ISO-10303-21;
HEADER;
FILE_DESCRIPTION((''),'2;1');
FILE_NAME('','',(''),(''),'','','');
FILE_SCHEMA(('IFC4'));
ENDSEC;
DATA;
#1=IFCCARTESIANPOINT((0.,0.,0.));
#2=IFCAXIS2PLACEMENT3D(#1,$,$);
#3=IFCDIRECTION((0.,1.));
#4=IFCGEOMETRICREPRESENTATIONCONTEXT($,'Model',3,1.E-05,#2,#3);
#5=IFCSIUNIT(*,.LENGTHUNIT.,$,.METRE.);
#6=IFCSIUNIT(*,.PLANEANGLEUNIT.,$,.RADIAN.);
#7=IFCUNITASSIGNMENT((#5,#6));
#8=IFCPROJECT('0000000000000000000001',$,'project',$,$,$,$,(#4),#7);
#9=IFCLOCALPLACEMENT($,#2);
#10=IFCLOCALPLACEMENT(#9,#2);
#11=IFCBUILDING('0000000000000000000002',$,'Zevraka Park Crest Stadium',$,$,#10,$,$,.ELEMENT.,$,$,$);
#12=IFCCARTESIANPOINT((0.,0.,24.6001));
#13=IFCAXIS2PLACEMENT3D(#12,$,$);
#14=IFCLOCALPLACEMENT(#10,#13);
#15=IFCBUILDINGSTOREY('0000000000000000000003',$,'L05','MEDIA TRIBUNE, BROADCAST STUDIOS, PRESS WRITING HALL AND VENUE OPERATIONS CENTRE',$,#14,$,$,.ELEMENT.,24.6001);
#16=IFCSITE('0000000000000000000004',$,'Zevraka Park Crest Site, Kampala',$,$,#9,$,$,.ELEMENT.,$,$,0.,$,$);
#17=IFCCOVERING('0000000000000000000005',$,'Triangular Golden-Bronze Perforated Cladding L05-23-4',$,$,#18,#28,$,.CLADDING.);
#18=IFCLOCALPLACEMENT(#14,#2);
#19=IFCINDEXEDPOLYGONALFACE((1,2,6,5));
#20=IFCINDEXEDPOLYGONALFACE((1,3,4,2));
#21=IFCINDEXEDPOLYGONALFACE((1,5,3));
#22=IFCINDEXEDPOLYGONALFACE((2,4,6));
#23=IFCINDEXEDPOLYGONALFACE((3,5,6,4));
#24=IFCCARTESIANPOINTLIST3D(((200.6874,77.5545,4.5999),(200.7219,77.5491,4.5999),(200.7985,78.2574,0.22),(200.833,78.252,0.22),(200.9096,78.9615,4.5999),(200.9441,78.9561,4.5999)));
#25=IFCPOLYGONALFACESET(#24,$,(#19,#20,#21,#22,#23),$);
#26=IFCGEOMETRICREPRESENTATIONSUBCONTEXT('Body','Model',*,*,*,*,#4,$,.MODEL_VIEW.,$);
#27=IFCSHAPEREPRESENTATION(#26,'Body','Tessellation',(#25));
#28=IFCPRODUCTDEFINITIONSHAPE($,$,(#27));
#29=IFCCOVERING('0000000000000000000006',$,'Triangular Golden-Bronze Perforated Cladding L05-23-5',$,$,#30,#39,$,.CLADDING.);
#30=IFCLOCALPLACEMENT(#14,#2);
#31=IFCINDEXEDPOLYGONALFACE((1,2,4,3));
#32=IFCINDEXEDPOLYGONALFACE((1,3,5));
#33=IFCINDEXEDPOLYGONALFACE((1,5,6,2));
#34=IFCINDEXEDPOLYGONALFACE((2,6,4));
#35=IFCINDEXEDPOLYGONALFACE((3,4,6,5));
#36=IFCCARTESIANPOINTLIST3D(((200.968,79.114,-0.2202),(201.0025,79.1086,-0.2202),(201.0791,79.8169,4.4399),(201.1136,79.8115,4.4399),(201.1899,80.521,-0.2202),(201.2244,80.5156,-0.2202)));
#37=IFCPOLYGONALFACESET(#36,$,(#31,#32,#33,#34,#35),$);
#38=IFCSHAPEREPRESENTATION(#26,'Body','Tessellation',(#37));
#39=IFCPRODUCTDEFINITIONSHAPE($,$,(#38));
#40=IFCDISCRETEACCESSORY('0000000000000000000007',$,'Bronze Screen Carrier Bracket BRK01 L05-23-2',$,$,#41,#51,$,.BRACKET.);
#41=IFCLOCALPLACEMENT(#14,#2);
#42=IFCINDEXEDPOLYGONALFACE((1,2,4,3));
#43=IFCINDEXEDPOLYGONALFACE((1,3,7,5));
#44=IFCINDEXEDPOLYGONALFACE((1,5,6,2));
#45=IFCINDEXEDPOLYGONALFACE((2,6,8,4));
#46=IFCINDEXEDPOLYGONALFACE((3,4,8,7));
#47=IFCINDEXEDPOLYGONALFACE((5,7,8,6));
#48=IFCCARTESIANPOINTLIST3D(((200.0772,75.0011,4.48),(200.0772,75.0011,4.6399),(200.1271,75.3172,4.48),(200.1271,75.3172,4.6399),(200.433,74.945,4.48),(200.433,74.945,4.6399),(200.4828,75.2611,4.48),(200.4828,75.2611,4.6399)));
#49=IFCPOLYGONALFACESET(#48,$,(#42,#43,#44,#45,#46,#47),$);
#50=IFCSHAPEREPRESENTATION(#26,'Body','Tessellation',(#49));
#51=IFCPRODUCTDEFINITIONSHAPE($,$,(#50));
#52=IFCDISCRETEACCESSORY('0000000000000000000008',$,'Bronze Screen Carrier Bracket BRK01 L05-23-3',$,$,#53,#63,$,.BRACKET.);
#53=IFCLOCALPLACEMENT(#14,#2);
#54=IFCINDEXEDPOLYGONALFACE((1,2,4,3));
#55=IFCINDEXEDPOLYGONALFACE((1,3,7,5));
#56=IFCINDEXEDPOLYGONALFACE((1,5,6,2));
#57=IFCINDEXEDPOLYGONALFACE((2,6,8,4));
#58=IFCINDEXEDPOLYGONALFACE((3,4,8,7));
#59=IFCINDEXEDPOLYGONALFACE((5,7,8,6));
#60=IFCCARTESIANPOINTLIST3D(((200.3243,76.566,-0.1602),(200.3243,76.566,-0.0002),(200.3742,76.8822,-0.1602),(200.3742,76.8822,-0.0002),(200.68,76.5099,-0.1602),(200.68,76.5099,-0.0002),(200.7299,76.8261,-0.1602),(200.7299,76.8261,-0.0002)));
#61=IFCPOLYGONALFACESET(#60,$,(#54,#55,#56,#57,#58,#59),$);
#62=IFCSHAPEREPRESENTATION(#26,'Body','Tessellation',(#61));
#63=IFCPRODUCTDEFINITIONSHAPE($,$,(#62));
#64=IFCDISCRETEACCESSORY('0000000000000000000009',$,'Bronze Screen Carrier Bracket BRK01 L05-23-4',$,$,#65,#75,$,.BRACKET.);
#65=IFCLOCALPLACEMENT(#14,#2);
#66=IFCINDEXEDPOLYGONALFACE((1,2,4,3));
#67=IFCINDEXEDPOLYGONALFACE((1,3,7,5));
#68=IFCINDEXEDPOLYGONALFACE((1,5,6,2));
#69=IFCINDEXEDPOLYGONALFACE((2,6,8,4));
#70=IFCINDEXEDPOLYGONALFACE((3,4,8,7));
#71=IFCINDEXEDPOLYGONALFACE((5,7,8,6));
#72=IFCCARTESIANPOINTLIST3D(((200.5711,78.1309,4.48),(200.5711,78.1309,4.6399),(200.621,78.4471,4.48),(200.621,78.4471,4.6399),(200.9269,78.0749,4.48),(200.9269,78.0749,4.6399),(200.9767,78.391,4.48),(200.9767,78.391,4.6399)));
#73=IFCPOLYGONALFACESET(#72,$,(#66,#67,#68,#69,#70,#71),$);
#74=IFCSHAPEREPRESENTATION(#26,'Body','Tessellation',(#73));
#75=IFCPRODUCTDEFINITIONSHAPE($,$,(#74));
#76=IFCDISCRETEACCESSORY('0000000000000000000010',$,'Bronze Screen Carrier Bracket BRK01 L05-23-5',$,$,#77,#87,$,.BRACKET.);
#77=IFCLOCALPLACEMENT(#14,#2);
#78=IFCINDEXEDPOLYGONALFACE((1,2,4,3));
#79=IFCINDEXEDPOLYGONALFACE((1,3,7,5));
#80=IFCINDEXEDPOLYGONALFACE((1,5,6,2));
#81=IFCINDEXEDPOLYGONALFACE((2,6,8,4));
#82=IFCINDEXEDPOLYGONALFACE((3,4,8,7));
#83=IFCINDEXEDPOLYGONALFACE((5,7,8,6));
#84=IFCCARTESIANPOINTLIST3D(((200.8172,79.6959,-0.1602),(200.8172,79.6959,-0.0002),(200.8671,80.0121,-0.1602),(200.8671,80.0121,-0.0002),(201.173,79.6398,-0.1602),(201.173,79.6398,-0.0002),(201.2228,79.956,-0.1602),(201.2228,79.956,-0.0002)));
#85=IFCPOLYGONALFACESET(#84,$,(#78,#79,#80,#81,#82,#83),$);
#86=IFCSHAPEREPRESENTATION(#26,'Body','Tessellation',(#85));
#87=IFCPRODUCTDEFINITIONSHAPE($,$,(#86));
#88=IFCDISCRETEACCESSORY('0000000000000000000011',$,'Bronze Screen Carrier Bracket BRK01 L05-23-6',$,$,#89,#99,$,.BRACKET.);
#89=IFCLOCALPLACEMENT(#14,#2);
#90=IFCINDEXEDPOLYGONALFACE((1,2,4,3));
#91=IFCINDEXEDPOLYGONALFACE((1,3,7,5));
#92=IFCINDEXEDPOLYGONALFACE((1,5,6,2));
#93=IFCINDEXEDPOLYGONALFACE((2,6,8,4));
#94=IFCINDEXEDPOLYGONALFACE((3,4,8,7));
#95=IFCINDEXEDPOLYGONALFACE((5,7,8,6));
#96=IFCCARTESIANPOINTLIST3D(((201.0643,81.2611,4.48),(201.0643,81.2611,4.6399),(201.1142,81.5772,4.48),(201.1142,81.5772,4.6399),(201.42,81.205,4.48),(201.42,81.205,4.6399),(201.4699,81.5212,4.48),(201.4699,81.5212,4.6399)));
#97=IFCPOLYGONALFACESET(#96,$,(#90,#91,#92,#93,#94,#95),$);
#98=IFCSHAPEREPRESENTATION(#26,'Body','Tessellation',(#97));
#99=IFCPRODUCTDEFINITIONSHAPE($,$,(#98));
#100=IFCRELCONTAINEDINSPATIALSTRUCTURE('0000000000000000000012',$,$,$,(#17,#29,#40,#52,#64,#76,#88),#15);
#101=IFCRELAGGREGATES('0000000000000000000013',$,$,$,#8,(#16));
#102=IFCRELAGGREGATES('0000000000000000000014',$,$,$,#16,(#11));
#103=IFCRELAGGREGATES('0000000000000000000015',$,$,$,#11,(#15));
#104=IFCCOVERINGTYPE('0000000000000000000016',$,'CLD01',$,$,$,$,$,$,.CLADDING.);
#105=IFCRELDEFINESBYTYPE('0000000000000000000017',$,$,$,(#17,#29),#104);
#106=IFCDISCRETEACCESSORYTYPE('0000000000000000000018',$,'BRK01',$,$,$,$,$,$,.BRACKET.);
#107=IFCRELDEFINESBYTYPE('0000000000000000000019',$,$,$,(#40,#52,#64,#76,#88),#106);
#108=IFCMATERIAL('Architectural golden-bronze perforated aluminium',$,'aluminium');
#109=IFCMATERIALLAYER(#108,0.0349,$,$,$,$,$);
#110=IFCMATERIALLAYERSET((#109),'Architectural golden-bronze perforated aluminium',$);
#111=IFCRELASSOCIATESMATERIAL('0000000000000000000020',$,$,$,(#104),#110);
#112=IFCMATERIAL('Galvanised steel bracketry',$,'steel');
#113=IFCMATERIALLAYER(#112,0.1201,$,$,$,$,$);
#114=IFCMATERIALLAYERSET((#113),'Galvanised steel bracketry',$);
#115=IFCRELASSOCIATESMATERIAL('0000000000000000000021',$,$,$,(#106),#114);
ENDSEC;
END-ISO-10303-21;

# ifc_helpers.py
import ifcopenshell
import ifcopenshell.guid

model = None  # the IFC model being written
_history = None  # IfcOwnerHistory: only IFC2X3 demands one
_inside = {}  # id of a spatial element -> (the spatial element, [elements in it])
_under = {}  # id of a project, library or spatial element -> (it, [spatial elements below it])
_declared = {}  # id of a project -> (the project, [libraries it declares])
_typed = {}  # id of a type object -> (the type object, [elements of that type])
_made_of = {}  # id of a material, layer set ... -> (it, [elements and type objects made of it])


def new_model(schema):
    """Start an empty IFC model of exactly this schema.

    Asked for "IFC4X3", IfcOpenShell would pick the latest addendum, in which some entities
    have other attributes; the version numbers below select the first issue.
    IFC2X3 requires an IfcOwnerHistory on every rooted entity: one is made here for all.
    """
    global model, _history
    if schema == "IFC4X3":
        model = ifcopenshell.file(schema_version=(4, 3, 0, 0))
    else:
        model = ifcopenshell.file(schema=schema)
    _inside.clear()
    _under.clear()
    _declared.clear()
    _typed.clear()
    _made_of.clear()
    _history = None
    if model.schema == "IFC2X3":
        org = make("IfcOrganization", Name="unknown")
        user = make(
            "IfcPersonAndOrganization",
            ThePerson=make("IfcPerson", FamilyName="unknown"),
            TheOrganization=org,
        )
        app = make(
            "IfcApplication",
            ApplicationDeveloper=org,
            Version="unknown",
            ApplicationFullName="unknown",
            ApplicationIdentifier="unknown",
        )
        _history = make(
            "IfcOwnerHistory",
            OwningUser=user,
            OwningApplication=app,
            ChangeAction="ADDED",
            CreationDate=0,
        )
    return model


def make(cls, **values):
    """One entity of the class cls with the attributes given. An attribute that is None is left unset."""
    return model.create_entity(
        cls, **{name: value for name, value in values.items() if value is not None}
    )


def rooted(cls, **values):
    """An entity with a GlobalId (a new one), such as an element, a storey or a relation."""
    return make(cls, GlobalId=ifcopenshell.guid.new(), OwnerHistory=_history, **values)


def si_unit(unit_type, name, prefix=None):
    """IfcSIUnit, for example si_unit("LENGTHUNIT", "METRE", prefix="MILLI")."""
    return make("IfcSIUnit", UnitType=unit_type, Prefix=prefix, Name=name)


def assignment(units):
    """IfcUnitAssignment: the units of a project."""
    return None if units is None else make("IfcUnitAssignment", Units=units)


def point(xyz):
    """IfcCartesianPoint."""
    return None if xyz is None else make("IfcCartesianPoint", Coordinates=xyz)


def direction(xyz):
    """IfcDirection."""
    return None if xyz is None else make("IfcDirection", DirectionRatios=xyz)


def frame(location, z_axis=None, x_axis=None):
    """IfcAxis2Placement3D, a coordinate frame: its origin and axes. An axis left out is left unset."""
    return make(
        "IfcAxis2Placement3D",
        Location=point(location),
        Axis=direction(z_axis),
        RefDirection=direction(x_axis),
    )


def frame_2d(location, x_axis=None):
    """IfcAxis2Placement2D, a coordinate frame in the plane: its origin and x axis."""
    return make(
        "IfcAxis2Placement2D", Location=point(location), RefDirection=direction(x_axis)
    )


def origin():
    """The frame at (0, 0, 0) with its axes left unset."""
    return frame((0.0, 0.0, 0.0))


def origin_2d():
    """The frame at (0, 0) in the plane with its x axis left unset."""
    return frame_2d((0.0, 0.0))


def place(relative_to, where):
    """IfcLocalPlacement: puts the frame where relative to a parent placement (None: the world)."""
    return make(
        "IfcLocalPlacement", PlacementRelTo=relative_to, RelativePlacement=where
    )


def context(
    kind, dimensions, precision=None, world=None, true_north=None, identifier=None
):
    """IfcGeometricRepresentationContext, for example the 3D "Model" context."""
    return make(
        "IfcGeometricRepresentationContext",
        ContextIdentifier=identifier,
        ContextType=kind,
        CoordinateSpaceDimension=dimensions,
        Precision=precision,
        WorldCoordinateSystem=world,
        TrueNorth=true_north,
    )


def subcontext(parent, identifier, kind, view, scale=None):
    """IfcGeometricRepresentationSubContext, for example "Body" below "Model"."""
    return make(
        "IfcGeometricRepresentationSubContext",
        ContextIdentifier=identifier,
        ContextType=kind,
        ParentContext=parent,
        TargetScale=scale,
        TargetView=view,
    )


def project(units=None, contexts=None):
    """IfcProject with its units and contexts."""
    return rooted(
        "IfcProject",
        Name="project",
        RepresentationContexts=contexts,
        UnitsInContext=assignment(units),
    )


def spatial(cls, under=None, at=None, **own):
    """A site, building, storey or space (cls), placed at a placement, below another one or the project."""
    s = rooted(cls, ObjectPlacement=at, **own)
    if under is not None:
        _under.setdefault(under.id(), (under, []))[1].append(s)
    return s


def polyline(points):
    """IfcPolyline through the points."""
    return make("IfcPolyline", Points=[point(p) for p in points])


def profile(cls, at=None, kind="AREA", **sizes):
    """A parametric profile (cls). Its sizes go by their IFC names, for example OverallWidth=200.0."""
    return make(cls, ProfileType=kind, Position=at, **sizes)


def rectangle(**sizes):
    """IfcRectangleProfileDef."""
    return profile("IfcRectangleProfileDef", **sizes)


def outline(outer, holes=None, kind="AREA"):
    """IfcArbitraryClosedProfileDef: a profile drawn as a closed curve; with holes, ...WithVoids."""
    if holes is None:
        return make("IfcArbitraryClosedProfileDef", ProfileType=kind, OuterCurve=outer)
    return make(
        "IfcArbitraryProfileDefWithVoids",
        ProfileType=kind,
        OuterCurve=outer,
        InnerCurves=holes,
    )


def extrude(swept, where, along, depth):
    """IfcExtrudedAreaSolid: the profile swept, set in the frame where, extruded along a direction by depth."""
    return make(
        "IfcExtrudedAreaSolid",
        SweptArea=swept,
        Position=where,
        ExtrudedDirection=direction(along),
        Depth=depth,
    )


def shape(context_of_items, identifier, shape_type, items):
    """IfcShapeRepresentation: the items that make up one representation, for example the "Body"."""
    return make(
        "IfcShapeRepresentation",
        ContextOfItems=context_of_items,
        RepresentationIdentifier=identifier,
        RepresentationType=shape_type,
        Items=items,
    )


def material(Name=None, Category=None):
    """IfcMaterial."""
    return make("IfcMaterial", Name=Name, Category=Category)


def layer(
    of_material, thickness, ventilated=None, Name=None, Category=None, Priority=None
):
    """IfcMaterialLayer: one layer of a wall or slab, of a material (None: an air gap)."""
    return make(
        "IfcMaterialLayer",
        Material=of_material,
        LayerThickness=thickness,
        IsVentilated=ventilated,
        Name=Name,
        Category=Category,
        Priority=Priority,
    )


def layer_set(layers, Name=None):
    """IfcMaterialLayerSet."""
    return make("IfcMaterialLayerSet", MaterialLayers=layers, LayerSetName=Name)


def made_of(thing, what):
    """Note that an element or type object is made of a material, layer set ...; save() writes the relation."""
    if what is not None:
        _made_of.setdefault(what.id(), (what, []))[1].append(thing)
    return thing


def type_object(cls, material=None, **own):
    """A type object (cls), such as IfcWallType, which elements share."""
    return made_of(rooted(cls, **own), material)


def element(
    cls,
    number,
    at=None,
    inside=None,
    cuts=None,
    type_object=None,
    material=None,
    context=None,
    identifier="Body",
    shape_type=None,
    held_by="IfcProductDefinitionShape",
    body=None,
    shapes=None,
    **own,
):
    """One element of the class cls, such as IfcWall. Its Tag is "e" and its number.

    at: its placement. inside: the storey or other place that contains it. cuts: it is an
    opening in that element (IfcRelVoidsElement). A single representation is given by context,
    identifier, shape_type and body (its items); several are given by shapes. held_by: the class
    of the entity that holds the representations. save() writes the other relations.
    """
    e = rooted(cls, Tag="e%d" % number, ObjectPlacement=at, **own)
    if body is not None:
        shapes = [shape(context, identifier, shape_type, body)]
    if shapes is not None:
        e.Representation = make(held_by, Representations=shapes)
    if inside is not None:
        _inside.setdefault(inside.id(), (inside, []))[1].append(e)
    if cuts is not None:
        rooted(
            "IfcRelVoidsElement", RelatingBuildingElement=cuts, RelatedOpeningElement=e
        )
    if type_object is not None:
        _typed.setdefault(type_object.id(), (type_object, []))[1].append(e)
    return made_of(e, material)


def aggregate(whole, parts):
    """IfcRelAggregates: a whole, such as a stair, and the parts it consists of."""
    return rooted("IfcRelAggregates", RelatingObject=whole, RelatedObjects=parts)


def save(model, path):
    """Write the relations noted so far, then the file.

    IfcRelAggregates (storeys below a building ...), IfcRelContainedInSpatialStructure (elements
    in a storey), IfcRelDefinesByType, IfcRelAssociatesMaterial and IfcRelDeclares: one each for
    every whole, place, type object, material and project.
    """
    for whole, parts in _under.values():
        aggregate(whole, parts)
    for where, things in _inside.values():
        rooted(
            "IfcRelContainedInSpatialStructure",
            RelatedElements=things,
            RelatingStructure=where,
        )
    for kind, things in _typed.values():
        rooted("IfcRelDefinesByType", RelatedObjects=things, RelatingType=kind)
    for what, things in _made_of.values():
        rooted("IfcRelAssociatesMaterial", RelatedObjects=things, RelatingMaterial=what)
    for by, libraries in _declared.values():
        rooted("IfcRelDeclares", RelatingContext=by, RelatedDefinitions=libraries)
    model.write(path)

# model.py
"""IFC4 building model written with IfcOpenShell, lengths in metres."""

from ifc_helpers import new_model, si_unit, direction, frame, origin, origin_2d, place, context, subcontext, project, spatial, polyline, rectangle, outline, extrude, material, layer, layer_set, type_object, element, save


model = new_model("IFC4")

# Units and contexts
model_context = context("Model", 3, precision=1e-05, world=origin(), true_north=direction((0.0, 1.0)))
body_context = subcontext(model_context, "Body", "Model", "MODEL_VIEW")
ifc_project = project(units=[si_unit("LENGTHUNIT", "METRE"), si_unit("PLANEANGLEUNIT", "RADIAN")], contexts=[model_context])

# Site, building, storey
site_placement = place(None, origin())
site = spatial("IfcSite", under=ifc_project, at=site_placement, Name="Zevraka Park Crest Site, Kampala", CompositionType="ELEMENT", RefElevation=0.0)
building_placement = place(site_placement, origin())
building = spatial("IfcBuilding", under=site, at=building_placement, Name="Zevraka Park Crest Stadium", CompositionType="ELEMENT")
storey_placement = place(building_placement, frame((0.0, 0.0, 24.6001)))
storey = spatial("IfcBuildingStorey", under=building, at=storey_placement, Name="L05", Description="MEDIA TRIBUNE, BROADCAST STUDIOS, PRESS WRITING HALL AND VENUE OPERATIONS CENTRE", CompositionType="ELEMENT", Elevation=24.6001)

# Coverings
ifc_material_1 = material(Name="Architectural golden-bronze perforated aluminium", Category="aluminium")
ifc_layer_1 = layer(ifc_material_1, 0.0349)
ifc_layer_set_1 = layer_set([ifc_layer_1], Name="Architectural golden-bronze perforated aluminium")
covering_type = type_object("IfcCoveringType", Name="CLD01", PredefinedType="CLADDING", material=ifc_layer_set_1)
covering_1_placement = place(storey_placement, frame((200.9441, 78.9561, 4.5999), z_axis=(0.987762, -0.155971, 0.000022), x_axis=(-0.155971, -0.987762, 0.0)))
element("IfcCovering", 1, at=covering_1_placement, inside=storey, type_object=covering_type, Name="Triangular Golden-Bronze Perforated Cladding L05-23-4", PredefinedType="CLADDING", context=body_context, shape_type="SweptSolid", body=[
    extrude(outline(polyline([(0.0, 0.0), (1.4244, 0.0), (0.7128, 4.3799), (0.0, 0.0)])), origin(), (0.0, 0.0, -1.0), 0.0349),
])
covering_2_placement = place(storey_placement, frame((200.968, 79.114, -0.2202), z_axis=(-0.987788, 0.155804, 0.000046), x_axis=(0.155804, 0.987788, 0.0)))
element("IfcCovering", 2, at=covering_2_placement, inside=storey, type_object=covering_type, Name="Triangular Golden-Bronze Perforated Cladding L05-23-5", PredefinedType="CLADDING", context=body_context, shape_type="SweptSolid", body=[
    extrude(outline(polyline([(0.0, 0.0), (1.4244, 0.0), (0.7116, -4.6602), (0.0, 0.0)])), origin(), (0.0, 0.0, -1.0), 0.0349),
])

# Discrete accessories
ifc_material_2 = material(Name="Galvanised steel bracketry", Category="steel")
ifc_layer_2 = layer(ifc_material_2, 0.1201)
ifc_layer_set_2 = layer_set([ifc_layer_2], Name="Galvanised steel bracketry")
discrete_accessory_type = type_object("IfcDiscreteAccessoryType", Name="BRK01", PredefinedType="BRACKET", material=ifc_layer_set_2)
for number, where, z_axis, x_axis, name in (
    (3, (200.28, 75.1311, 4.48), (0.0, 0.0, 1.0), (0.155745, 0.987797, 0.0), "Bronze Screen Carrier Bracket BRK01 L05-23-2"),
    (4, (200.5271, 76.696, -0.1602), (0.0, 0.0, 1.0), (0.155745, 0.987797, 0.0), "Bronze Screen Carrier Bracket BRK01 L05-23-3"),
    (5, (200.7739, 78.261, 4.48), (0.0, 0.0, 1.0), (0.155745, 0.987797, 0.0), "Bronze Screen Carrier Bracket BRK01 L05-23-4"),
    (6, (201.02, 79.8259, -0.1602), (0.0, 0.0, 1.0), (0.155745, 0.987797, 0.0), "Bronze Screen Carrier Bracket BRK01 L05-23-5"),
    (7, (201.2671, 81.3911, 4.48), (0.0, 0.0, 1.0), (0.155745, 0.987797, 0.0), "Bronze Screen Carrier Bracket BRK01 L05-23-6"),
):
    element("IfcDiscreteAccessory", number, at=place(storey_placement, frame(where, z_axis=z_axis, x_axis=x_axis)), inside=storey, type_object=discrete_accessory_type, Name=name, PredefinedType="BRACKET", context=body_context, shape_type="SweptSolid", body=[
        extrude(rectangle(XDim=0.3201, YDim=0.3601, at=origin_2d()), origin(), (0.0, 0.0, 1.0), 0.1599),
    ])

save(model, "model.ifc")
